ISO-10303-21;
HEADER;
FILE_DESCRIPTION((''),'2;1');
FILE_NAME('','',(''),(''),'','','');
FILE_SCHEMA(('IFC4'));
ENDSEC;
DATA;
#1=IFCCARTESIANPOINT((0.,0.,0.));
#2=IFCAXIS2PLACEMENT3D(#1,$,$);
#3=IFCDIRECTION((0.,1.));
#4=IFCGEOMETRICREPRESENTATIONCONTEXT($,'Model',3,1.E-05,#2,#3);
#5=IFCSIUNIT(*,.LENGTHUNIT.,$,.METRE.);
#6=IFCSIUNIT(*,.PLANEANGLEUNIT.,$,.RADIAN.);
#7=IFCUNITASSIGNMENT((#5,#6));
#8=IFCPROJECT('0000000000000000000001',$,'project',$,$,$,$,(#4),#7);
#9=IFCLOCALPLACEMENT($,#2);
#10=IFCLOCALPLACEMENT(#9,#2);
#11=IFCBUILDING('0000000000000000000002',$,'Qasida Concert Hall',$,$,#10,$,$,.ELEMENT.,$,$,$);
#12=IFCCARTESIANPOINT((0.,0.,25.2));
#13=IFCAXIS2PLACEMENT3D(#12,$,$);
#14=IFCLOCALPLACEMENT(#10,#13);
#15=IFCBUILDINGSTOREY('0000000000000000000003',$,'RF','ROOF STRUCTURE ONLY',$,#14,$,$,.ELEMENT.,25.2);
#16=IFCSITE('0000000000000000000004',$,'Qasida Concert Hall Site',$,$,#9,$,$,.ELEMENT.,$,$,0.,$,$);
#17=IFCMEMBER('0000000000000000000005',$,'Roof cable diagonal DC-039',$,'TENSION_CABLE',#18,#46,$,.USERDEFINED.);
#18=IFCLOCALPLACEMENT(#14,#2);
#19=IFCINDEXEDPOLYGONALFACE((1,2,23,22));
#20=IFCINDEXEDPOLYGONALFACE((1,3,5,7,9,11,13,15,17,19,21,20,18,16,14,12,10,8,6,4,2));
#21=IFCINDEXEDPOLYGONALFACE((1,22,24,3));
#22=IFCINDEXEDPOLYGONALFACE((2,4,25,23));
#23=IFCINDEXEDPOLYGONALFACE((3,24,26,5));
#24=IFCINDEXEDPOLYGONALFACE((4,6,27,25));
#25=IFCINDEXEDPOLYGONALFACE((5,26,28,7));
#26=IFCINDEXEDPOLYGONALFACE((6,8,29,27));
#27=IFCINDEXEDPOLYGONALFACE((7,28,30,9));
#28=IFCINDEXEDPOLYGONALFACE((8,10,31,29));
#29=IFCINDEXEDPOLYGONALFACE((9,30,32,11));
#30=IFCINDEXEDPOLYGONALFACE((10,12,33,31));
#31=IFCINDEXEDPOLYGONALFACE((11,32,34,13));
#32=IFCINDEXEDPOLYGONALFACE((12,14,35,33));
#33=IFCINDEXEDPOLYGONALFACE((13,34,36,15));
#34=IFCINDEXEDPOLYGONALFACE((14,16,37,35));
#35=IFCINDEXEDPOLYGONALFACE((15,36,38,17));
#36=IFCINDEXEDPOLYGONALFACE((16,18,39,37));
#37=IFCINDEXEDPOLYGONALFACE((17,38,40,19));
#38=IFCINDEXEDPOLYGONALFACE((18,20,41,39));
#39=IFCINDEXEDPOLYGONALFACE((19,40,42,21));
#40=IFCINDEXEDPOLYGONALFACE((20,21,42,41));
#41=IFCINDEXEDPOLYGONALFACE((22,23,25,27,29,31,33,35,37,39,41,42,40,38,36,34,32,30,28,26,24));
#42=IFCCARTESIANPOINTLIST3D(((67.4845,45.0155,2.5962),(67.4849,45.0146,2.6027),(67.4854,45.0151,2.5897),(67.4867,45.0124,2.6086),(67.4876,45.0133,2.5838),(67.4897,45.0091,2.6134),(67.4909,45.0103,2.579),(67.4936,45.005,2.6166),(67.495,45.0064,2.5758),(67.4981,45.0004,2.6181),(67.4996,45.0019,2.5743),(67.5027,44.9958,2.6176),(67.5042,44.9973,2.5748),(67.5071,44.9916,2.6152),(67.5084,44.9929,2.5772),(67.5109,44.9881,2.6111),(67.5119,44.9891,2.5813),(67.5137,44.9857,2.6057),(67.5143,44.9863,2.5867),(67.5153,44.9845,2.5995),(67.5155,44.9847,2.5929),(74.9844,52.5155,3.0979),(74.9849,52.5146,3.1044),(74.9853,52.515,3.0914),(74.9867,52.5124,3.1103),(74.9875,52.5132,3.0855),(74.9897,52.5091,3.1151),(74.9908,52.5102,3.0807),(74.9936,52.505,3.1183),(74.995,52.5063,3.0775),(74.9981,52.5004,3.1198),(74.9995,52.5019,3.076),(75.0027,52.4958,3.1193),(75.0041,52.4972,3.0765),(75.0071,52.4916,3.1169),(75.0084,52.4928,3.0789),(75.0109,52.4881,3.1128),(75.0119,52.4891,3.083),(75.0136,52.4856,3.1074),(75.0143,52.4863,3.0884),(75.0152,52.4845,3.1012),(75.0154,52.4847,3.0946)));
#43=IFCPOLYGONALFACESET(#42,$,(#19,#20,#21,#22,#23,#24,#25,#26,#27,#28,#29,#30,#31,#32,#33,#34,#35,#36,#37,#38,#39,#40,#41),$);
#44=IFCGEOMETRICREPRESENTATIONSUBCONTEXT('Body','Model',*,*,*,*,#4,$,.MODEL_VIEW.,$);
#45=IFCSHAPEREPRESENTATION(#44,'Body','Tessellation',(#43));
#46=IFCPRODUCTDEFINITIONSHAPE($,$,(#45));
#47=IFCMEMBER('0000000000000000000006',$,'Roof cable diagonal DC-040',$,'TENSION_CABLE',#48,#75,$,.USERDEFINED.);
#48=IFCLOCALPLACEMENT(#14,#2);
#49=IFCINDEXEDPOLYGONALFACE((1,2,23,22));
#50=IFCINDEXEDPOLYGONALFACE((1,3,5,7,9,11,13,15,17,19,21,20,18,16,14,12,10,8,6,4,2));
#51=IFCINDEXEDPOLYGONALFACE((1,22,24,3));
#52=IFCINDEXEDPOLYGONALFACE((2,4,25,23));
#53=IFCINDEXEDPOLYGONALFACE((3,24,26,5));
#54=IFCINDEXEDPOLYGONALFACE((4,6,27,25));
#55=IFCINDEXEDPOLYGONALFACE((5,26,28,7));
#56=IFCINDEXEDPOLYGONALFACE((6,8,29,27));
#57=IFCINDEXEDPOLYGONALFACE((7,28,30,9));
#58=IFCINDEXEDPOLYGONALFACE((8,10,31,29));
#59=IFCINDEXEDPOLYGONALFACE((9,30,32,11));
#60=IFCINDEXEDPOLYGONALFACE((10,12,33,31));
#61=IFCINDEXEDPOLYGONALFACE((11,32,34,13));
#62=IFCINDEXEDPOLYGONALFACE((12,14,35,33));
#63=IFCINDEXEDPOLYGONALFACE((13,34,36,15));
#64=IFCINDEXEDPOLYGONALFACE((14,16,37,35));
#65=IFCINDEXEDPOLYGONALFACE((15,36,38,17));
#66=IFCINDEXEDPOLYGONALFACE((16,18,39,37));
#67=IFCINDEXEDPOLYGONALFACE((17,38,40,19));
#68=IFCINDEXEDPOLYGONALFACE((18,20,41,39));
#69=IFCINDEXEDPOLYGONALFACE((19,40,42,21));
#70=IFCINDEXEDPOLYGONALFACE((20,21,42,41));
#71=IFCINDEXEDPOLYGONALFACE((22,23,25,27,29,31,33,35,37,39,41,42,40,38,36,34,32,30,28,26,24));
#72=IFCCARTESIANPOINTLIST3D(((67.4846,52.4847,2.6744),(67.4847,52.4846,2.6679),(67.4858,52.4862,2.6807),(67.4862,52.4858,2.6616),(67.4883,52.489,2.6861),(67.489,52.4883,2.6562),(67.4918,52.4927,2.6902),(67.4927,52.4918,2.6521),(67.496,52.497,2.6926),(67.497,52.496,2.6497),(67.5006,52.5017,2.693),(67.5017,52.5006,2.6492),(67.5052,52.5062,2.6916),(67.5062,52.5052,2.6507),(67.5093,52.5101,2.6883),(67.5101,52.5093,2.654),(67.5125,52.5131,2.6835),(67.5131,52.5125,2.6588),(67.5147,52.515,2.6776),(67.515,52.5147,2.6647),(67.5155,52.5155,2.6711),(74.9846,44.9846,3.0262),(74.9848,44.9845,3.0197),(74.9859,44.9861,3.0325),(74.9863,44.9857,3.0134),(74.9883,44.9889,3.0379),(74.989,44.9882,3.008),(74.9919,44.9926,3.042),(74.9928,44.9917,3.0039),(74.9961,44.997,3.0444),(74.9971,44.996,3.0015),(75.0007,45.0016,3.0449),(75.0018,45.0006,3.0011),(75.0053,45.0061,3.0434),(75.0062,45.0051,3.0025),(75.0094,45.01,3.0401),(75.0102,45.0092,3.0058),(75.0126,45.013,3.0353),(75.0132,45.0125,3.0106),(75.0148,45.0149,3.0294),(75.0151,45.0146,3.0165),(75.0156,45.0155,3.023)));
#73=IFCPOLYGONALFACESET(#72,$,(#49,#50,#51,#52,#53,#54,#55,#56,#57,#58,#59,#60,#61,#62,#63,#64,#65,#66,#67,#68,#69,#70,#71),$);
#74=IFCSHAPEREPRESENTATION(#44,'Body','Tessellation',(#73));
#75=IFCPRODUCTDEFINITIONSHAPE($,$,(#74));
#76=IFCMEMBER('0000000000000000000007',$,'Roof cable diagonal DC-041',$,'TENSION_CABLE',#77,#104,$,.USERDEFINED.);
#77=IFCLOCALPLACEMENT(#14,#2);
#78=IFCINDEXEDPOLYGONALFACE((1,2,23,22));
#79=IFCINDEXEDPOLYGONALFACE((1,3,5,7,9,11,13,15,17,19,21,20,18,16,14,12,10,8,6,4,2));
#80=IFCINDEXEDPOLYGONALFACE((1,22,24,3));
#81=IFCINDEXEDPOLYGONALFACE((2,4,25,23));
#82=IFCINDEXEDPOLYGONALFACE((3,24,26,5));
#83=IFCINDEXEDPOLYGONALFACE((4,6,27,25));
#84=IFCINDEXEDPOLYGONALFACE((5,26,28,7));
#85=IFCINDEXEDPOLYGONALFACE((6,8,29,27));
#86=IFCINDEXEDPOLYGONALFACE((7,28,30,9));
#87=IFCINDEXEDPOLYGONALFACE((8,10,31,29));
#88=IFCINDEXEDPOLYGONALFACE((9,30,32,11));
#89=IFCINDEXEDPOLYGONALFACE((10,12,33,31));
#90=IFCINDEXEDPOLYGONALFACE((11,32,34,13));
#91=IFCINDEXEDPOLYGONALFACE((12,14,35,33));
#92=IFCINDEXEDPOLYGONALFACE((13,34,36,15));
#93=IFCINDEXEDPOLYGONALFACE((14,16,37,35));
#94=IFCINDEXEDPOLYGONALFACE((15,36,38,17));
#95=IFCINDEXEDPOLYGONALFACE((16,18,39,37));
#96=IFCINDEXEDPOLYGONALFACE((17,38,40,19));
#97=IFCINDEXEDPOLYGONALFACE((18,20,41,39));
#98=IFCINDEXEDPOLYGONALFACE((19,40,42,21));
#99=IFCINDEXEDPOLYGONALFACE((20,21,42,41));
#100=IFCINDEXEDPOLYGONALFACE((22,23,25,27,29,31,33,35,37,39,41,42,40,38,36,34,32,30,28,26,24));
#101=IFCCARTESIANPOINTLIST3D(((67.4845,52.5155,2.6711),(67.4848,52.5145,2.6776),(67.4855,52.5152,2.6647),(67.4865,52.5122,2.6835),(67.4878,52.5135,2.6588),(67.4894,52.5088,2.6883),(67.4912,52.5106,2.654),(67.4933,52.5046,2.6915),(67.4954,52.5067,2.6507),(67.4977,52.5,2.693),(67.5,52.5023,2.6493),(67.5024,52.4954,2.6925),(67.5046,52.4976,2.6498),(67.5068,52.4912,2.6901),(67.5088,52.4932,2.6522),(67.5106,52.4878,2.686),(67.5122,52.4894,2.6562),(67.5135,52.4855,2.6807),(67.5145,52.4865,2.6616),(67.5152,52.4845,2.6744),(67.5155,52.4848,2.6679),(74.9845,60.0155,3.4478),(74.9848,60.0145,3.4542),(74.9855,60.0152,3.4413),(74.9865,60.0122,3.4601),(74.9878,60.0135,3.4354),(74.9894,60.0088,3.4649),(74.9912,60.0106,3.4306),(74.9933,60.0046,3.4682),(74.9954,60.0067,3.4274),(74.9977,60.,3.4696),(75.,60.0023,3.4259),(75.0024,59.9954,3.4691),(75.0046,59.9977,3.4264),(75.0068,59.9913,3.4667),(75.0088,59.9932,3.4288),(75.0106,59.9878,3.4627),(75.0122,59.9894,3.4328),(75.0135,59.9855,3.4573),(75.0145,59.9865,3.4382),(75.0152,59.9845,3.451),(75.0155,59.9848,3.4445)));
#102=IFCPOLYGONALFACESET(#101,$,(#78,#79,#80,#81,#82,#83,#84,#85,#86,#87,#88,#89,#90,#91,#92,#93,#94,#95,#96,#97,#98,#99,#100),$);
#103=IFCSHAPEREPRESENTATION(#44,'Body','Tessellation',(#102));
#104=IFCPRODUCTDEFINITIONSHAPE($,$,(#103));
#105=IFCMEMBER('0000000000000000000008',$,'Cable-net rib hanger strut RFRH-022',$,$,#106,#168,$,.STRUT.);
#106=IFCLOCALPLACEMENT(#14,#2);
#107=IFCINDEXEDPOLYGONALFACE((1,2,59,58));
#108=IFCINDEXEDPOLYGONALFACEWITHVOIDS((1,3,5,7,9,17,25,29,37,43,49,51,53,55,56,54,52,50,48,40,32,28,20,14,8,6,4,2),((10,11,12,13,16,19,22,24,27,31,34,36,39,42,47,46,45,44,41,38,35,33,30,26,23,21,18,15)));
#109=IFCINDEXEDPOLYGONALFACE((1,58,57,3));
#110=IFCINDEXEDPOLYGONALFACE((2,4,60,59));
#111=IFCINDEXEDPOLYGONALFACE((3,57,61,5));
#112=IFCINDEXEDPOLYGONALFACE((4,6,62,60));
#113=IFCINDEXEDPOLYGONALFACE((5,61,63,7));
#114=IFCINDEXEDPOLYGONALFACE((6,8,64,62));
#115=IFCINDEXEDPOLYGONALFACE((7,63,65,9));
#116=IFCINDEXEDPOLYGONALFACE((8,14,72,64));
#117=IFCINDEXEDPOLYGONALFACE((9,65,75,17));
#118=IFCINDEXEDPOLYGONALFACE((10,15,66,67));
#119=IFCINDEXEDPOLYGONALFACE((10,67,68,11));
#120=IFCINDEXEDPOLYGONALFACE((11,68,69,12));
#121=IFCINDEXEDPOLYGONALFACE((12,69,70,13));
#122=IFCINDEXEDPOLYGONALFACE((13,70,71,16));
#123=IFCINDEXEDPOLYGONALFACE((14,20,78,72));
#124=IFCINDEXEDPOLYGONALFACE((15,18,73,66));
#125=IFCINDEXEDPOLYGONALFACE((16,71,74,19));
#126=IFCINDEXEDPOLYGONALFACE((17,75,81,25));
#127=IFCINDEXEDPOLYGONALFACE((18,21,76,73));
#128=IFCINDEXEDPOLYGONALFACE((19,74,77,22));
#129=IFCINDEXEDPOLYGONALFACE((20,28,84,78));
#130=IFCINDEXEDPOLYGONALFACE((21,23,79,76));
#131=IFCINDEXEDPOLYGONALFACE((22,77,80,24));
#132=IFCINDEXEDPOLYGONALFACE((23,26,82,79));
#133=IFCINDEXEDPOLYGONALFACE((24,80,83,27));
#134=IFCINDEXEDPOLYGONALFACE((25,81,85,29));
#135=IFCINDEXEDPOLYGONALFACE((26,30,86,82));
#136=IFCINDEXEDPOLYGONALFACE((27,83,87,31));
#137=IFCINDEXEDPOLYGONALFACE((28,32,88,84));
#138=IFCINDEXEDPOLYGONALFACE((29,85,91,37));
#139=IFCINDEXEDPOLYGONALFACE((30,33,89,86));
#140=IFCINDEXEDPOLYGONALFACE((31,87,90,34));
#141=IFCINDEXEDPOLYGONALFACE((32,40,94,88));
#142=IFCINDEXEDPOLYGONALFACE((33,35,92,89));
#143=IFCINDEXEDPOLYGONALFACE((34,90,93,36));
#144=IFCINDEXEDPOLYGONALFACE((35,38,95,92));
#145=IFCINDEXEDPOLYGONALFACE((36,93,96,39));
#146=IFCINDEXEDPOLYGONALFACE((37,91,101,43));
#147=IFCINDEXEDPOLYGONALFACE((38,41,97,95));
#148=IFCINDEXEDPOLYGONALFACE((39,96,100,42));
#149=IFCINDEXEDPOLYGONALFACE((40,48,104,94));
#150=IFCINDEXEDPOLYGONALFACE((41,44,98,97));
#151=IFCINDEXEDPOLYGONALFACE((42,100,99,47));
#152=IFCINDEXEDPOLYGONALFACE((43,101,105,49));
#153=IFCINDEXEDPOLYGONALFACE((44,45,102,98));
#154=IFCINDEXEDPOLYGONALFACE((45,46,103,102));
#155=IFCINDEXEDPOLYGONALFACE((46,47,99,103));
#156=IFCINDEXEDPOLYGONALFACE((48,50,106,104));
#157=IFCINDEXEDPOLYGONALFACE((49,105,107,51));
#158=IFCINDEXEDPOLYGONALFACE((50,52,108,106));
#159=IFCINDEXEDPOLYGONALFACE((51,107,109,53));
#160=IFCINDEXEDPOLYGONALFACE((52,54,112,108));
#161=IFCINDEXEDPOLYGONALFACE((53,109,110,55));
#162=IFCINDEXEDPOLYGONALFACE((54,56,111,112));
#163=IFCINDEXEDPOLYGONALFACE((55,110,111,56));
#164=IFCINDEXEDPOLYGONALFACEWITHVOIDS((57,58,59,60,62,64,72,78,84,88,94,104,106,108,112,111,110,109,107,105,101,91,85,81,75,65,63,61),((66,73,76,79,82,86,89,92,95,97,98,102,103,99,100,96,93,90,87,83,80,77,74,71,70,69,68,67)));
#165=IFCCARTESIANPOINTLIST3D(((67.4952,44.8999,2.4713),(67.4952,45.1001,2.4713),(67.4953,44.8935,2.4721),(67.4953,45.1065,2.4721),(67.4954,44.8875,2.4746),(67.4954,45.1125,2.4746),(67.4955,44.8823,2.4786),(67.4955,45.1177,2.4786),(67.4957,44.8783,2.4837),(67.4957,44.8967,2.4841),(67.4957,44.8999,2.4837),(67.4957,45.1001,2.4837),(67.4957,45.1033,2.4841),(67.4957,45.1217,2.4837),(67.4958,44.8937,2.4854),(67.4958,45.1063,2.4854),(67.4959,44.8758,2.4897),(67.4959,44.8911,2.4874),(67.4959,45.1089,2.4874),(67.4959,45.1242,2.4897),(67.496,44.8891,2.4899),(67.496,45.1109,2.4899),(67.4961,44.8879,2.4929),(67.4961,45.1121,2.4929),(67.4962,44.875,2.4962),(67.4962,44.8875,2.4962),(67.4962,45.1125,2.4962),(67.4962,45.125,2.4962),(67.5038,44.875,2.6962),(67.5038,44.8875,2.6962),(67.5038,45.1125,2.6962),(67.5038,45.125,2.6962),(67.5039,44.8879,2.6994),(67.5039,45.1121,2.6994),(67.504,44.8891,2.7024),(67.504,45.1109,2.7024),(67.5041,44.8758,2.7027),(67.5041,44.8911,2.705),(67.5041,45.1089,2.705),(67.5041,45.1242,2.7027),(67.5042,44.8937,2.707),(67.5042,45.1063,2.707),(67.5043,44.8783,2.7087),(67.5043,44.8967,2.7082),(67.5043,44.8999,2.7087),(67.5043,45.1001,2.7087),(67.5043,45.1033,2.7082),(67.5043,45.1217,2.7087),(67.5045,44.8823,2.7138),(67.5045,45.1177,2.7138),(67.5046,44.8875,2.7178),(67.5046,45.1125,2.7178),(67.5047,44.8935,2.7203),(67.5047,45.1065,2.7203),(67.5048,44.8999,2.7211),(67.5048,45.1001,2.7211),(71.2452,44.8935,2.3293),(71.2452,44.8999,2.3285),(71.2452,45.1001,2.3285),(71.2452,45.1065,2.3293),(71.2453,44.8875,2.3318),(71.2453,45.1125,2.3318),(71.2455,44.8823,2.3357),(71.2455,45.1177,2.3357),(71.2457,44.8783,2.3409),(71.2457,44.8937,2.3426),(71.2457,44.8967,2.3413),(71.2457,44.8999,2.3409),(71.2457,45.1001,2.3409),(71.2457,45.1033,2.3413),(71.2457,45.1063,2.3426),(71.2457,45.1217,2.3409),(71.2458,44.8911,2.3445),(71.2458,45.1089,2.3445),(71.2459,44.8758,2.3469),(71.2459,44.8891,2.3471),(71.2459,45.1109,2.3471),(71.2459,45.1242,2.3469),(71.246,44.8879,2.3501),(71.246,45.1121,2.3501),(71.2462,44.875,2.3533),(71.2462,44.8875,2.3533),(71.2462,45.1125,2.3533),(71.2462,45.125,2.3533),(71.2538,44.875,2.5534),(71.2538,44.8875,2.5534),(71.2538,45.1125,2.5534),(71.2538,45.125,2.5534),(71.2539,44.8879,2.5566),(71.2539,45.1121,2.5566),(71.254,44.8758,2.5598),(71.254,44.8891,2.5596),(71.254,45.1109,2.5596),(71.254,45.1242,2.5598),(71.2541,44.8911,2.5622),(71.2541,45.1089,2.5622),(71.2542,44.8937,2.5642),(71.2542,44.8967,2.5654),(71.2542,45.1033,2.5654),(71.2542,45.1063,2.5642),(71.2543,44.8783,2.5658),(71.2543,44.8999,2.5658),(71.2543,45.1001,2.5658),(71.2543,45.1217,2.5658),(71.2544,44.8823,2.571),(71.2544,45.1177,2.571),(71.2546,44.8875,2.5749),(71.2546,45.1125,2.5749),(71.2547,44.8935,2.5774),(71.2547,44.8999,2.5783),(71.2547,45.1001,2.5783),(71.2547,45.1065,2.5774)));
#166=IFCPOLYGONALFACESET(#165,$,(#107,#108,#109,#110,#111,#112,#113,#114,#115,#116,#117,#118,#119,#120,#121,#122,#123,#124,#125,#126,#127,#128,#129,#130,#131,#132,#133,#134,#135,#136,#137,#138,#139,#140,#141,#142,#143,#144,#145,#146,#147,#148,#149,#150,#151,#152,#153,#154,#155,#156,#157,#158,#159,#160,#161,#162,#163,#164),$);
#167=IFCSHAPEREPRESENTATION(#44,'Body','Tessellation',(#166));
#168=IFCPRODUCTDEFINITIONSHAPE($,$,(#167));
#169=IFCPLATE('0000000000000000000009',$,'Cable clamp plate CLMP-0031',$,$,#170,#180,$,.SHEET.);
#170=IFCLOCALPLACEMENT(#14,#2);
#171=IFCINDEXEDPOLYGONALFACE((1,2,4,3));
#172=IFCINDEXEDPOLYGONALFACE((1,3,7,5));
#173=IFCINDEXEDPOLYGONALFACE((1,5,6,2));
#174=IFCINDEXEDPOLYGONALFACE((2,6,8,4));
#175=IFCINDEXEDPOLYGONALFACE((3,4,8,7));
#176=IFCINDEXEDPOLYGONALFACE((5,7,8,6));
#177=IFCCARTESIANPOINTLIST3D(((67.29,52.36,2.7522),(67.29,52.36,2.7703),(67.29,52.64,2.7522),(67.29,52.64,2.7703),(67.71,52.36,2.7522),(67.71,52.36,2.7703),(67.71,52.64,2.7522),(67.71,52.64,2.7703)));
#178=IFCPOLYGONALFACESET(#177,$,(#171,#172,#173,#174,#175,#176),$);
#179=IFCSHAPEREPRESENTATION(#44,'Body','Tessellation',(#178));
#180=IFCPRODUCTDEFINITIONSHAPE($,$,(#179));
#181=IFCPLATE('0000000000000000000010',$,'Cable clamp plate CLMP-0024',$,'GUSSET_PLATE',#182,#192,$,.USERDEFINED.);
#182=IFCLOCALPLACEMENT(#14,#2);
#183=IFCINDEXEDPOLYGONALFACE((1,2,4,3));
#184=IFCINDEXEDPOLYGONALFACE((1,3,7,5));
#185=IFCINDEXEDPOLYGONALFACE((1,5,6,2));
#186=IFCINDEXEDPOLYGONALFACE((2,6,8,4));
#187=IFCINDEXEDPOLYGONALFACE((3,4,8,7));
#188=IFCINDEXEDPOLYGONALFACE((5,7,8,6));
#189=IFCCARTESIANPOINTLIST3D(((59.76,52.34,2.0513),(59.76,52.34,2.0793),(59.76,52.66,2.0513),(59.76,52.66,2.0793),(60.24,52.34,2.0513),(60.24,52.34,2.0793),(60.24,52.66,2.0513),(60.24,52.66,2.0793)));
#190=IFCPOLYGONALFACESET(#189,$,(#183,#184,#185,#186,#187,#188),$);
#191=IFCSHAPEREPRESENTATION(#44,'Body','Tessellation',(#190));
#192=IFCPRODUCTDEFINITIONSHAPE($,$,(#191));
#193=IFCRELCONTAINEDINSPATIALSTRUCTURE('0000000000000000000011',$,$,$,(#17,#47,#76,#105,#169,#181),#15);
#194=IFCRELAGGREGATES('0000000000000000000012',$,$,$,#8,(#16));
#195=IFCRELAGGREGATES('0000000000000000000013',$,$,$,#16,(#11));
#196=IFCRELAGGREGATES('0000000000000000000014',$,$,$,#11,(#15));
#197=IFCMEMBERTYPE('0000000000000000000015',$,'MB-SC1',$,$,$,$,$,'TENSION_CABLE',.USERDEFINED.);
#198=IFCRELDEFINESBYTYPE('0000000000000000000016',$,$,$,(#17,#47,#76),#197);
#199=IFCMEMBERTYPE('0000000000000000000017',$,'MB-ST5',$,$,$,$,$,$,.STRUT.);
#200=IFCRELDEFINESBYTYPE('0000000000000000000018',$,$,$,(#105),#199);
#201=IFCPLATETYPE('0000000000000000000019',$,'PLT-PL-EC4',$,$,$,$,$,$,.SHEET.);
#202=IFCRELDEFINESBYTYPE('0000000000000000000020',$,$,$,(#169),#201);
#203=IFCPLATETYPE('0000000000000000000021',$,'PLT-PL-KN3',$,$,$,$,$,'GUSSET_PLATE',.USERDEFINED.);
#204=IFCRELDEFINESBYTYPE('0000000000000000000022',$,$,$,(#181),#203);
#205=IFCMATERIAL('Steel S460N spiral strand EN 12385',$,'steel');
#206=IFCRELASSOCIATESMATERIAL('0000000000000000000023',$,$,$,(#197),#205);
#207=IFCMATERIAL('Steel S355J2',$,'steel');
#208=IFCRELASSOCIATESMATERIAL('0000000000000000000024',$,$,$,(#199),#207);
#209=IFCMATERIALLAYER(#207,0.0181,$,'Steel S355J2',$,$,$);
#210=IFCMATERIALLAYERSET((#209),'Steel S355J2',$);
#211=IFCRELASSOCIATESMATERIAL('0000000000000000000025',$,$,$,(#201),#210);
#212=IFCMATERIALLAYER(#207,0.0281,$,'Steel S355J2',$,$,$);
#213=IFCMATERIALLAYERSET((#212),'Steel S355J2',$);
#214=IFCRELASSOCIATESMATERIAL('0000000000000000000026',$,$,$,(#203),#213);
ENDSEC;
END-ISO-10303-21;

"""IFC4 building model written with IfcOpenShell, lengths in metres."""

from ifc_helpers import new_model, si_unit, direction, frame, origin, origin_2d, place, context, subcontext, project, spatial, rectangle, hollow_rectangle, circle, extrude, material, layer, layer_set, material_profile, profile_set, type_object, element, save


model = new_model("IFC4")

# Units and contexts
model_context = context("Model", 3, precision=1e-05, world=origin(), true_north=direction((0.0, 1.0)))
body_context = subcontext(model_context, "Body", "Model", "MODEL_VIEW")
ifc_project = project(units=[si_unit("LENGTHUNIT", "METRE"), si_unit("PLANEANGLEUNIT", "RADIAN")], contexts=[model_context])

# Site, building, storey
site_placement = place(None, origin())
site = spatial("IfcSite", under=ifc_project, at=site_placement, Name="Qasida Concert Hall Site", CompositionType="ELEMENT", RefElevation=0.0)
building_placement = place(site_placement, origin())
building = spatial("IfcBuilding", under=site, at=building_placement, Name="Qasida Concert Hall", CompositionType="ELEMENT")
storey_placement = place(building_placement, frame((0.0, 0.0, 25.2)))
storey = spatial("IfcBuildingStorey", under=building, at=storey_placement, Name="RF", Description="ROOF STRUCTURE ONLY", CompositionType="ELEMENT", Elevation=25.2)

# Members
ifc_material_1 = material(Name="Steel S460N spiral strand EN 12385", Category="steel")
ifc_material_2 = material(Name="Steel S355J2", Category="steel")
ifc_material_profile_1 = material_profile(ifc_material_1, circle(Radius=0.022, at=origin_2d()), Name="STRAND D44")
ifc_profile_set_1 = profile_set([ifc_material_profile_1], Name="Steel S460N spiral strand EN 12385")
member_type_1 = type_object("IfcMemberType", Name="MB-SC1", ElementType="TENSION_CABLE", PredefinedType="USERDEFINED", material=ifc_profile_set_1)
member_1_placement = place(storey_placement, frame((67.5, 45.0, 2.5962), z_axis=(0.706317, 0.706317, 0.047249), x_axis=(-0.707107, 0.707107, 0.0)))
element("IfcMember", 1, at=member_1_placement, inside=storey, type_object=member_type_1, Name="Roof cable diagonal DC-039", ObjectType="TENSION_CABLE", PredefinedType="USERDEFINED", context=body_context, shape_type="SweptSolid", body=[
    extrude(circle(Radius=0.022, at=origin_2d()), origin(), (0.0, 0.0, 1.0), 10.6184),
])
member_2_placement = place(storey_placement, frame((67.5, 52.5, 2.6711), z_axis=(0.706718, -0.706718, 0.03315), x_axis=(0.707107, 0.707107, 0.0)))
element("IfcMember", 2, at=member_2_placement, inside=storey, type_object=member_type_1, Name="Roof cable diagonal DC-040", ObjectType="TENSION_CABLE", PredefinedType="USERDEFINED", context=body_context, shape_type="SweptSolid", body=[
    extrude(circle(Radius=0.022, at=origin_2d()), origin(), (0.0, 0.0, 1.0), 10.6125),
])
member_3_placement = place(storey_placement, frame((67.5, 52.5, 2.6711), z_axis=(0.705219, 0.705219, 0.073024), x_axis=(-0.707107, 0.707107, 0.0)))
element("IfcMember", 3, at=member_3_placement, inside=storey, type_object=member_type_1, Name="Roof cable diagonal DC-041", ObjectType="TENSION_CABLE", PredefinedType="USERDEFINED", context=body_context, shape_type="SweptSolid", body=[
    extrude(circle(Radius=0.022, at=origin_2d()), origin(), (0.0, 0.0, 1.0), 10.635),
])
ifc_material_profile_2 = material_profile(ifc_material_2, hollow_rectangle(XDim=0.25, YDim=0.25, WallThickness=0.0125, InnerFilletRadius=0.0125, OuterFilletRadius=0.0249, at=origin_2d()), Name="SHS 250x250x12.5")
ifc_profile_set_2 = profile_set([ifc_material_profile_2], Name="Steel S355J2")
member_type_2 = type_object("IfcMemberType", Name="MB-ST5", PredefinedType="STRUT", material=ifc_profile_set_2)
member_4_placement = place(storey_placement, frame((67.5, 45.0, 2.5962), z_axis=(0.999276, 0.0, -0.038058), x_axis=(0.0, 1.0, 0.0)))
element("IfcMember", 4, at=member_4_placement, inside=storey, type_object=member_type_2, Name="Cable-net rib hanger strut RFRH-022", PredefinedType="STRUT", context=body_context, shape_type="SweptSolid", body=[
    extrude(hollow_rectangle(XDim=0.25, YDim=0.25, WallThickness=0.0125, InnerFilletRadius=0.0125, OuterFilletRadius=0.0249, at=origin_2d()), origin(), (0.0, 0.0, 1.0), 3.7527),
])

# Plates
ifc_layer_1 = layer(ifc_material_2, 0.0181, Name="Steel S355J2")
ifc_layer_set_1 = layer_set([ifc_layer_1], Name="Steel S355J2")
plate_type_1 = type_object("IfcPlateType", Name="PLT-PL-EC4", PredefinedType="SHEET", material=ifc_layer_set_1)
plate_1_placement = place(storey_placement, frame((67.5, 52.5, 2.7522), z_axis=(0.0, 0.0, 1.0), x_axis=(1.0, 0.0, 0.0)))
element("IfcPlate", 5, at=plate_1_placement, inside=storey, type_object=plate_type_1, Name="Cable clamp plate CLMP-0031", PredefinedType="SHEET", context=body_context, shape_type="SweptSolid", body=[
    extrude(rectangle(XDim=0.4199, YDim=0.28, at=origin_2d()), origin(), (0.0, 0.0, 1.0), 0.0181),
])
ifc_layer_2 = layer(ifc_material_2, 0.0281, Name="Steel S355J2")
ifc_layer_set_2 = layer_set([ifc_layer_2], Name="Steel S355J2")
plate_type_2 = type_object("IfcPlateType", Name="PLT-PL-KN3", ElementType="GUSSET_PLATE", PredefinedType="USERDEFINED", material=ifc_layer_set_2)
plate_2_placement = place(storey_placement, frame((60.0, 52.5, 2.0513), z_axis=(0.0, 0.0, 1.0), x_axis=(1.0, 0.0, 0.0)))
element("IfcPlate", 6, at=plate_2_placement, inside=storey, type_object=plate_type_2, Name="Cable clamp plate CLMP-0024", ObjectType="GUSSET_PLATE", PredefinedType="USERDEFINED", context=body_context, shape_type="SweptSolid", body=[
    extrude(rectangle(XDim=0.48, YDim=0.3201, at=origin_2d()), origin(), (0.0, 0.0, 1.0), 0.0281),
])

save(model, "model.ifc")
